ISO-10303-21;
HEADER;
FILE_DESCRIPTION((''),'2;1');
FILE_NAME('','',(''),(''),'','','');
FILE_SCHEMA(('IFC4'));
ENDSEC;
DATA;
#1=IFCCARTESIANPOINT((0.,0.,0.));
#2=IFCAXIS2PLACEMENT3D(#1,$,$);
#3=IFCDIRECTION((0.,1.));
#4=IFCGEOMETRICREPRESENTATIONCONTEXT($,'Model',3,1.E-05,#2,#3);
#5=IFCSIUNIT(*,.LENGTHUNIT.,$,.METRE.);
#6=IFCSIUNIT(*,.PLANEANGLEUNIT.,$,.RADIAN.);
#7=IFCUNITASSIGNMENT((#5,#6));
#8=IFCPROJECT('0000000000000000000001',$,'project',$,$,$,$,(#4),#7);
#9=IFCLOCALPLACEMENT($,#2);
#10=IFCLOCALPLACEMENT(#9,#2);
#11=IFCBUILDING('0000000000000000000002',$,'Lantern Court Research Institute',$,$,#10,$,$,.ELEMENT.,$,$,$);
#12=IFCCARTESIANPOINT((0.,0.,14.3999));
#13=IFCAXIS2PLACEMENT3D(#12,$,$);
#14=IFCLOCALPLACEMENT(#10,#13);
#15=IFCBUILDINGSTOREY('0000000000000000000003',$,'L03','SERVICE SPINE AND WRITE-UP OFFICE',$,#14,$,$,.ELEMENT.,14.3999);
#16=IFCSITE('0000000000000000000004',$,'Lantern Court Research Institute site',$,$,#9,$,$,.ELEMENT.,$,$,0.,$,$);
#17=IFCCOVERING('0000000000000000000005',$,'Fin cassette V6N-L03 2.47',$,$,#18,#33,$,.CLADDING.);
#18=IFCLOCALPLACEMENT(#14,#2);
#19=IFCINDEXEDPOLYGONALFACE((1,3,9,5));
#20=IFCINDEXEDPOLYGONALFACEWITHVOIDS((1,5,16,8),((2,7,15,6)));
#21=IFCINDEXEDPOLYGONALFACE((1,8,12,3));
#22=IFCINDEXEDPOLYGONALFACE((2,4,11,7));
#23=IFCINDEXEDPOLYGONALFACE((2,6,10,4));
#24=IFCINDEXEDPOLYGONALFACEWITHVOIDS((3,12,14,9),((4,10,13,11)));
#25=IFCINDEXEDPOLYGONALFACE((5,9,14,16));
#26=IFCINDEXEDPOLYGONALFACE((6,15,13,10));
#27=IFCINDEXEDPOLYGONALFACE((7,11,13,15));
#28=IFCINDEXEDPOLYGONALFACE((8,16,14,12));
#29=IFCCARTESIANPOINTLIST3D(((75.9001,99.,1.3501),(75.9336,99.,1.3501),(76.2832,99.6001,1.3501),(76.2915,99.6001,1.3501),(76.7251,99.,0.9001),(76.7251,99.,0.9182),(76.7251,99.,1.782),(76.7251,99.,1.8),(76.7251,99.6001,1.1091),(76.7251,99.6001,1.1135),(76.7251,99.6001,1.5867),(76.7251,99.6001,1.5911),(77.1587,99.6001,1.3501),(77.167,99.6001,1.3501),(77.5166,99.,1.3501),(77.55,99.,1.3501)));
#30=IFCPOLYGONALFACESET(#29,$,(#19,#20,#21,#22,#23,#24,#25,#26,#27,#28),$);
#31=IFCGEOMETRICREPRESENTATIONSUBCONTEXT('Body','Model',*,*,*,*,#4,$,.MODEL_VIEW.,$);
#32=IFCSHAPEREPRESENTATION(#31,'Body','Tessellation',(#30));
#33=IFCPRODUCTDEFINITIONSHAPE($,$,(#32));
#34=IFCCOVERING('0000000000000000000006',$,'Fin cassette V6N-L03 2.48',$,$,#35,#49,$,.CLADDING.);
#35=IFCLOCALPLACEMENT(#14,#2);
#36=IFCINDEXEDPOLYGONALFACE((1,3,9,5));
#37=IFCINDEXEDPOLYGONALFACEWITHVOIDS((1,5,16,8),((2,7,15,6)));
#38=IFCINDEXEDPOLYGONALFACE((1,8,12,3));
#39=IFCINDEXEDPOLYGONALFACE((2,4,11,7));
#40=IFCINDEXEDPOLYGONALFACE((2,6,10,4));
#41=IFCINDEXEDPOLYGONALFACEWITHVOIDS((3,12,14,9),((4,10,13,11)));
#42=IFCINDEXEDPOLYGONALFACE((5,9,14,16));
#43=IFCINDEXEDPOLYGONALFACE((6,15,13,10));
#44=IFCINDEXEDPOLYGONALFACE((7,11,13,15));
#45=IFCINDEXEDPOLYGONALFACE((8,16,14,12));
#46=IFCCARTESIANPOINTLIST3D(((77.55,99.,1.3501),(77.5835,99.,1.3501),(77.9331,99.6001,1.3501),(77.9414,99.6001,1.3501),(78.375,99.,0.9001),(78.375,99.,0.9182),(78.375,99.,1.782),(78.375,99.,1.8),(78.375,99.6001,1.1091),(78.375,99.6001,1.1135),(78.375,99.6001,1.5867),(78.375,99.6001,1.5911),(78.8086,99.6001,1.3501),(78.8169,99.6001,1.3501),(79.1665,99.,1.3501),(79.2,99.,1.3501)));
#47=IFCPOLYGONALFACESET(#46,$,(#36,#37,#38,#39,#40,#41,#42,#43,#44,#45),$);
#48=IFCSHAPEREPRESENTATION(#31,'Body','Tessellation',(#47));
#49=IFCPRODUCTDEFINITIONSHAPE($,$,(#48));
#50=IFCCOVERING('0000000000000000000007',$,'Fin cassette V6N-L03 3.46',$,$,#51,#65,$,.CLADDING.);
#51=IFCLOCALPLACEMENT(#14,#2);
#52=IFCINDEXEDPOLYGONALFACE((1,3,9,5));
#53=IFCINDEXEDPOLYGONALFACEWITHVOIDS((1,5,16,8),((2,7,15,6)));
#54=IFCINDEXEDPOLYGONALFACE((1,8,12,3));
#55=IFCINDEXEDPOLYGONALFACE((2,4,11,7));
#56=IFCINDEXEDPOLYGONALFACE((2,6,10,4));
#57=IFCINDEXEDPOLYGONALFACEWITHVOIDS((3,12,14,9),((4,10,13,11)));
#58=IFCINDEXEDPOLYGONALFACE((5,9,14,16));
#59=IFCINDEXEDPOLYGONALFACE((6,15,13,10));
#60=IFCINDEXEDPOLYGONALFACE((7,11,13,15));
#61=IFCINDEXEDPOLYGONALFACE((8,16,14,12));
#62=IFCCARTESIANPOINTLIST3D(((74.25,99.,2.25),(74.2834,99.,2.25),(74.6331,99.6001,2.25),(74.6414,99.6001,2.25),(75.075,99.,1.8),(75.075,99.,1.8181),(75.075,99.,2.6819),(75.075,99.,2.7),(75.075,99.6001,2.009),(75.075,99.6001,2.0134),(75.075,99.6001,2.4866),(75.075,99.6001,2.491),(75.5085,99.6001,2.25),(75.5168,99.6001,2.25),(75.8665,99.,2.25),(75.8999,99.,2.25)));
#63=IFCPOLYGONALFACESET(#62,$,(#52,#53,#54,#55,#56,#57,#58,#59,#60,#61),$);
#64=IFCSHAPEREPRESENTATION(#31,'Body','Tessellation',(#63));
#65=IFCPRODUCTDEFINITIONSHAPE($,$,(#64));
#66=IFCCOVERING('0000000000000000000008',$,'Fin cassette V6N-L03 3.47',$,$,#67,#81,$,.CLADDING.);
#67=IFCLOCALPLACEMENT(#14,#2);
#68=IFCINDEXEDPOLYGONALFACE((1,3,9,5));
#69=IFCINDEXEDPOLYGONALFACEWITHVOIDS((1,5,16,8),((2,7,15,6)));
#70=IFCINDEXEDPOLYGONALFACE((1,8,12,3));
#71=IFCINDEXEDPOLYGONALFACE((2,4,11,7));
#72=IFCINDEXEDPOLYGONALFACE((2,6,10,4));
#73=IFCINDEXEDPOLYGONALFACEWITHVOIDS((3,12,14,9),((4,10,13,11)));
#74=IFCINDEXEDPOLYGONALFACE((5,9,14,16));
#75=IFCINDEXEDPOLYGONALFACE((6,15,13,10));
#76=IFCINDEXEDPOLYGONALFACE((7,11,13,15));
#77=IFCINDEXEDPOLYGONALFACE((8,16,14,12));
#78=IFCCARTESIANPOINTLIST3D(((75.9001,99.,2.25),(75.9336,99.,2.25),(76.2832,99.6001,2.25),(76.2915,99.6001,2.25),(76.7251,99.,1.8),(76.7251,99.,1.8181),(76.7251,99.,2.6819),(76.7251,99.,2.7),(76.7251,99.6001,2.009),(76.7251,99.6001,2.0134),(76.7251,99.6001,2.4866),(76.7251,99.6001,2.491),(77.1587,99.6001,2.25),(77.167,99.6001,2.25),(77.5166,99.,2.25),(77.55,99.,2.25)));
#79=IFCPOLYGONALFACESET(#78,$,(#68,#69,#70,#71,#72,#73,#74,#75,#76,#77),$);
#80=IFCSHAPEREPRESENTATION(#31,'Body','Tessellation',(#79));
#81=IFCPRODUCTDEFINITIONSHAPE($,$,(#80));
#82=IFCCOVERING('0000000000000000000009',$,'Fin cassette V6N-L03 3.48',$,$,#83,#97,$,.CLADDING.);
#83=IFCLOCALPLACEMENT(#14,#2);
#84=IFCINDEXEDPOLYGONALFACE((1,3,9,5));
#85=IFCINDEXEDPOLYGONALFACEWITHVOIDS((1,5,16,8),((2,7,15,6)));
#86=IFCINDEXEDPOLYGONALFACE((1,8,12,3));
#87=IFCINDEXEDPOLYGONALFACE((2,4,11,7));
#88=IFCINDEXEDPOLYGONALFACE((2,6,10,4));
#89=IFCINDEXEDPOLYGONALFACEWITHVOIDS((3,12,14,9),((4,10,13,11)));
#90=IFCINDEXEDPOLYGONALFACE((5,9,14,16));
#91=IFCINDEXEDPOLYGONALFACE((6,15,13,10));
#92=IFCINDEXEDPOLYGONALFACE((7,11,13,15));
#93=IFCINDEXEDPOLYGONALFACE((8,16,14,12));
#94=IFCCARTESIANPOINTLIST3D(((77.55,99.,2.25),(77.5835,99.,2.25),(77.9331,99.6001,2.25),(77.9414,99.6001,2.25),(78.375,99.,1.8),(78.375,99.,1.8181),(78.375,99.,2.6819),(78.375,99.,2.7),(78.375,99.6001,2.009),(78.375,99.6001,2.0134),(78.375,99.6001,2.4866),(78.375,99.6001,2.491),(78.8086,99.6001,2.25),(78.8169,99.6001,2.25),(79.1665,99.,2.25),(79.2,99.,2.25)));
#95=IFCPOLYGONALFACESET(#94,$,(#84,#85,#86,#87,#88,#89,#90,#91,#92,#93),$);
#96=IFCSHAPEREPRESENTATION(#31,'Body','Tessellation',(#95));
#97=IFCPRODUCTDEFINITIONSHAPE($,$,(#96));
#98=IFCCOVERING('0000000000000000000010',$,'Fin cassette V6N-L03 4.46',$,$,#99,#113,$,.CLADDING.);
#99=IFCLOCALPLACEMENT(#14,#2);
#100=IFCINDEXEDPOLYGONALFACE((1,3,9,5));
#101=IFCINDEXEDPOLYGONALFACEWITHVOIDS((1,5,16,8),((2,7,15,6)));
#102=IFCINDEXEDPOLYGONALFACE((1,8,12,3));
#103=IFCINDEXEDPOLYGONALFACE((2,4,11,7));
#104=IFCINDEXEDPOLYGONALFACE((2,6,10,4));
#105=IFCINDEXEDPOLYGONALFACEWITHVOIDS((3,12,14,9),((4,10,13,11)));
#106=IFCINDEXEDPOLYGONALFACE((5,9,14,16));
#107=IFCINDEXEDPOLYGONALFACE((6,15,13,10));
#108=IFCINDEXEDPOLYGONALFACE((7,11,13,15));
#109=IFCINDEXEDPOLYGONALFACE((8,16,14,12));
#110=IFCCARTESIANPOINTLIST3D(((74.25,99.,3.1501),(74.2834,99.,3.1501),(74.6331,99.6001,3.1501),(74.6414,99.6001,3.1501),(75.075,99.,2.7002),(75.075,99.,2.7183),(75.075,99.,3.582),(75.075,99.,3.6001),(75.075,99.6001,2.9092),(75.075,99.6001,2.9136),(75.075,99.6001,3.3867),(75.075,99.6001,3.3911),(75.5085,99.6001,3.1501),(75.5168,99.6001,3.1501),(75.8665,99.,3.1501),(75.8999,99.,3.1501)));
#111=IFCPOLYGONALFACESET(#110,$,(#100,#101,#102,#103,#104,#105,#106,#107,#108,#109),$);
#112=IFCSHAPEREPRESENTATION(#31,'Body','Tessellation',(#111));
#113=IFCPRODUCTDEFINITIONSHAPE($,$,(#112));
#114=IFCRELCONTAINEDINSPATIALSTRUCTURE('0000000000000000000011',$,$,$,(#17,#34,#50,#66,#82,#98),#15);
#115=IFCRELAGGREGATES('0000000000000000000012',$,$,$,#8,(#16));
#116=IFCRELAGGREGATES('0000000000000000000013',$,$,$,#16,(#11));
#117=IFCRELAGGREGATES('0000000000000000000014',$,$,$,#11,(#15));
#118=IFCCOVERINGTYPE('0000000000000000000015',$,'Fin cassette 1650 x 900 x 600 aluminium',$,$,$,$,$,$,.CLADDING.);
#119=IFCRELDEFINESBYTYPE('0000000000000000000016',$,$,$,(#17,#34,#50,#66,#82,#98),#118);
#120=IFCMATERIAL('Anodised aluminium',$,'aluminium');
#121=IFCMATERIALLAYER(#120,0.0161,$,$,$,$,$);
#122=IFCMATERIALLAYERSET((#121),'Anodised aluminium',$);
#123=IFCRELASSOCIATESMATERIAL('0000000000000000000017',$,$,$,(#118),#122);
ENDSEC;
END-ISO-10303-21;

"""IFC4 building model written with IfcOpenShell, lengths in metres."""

from ifc_helpers import new_model, entity, si_unit, direction, frame, origin, place, context, subcontext, project, spatial, material, layer, layer_set, type_object, element, save


model = new_model("IFC4")

# Units and contexts
model_context = context("Model", 3, precision=1e-05, world=origin(), true_north=direction((0.0, 1.0)))
body_context = subcontext(model_context, "Body", "Model", "MODEL_VIEW")
ifc_project = project(units=[si_unit("LENGTHUNIT", "METRE"), si_unit("PLANEANGLEUNIT", "RADIAN")], contexts=[model_context])

# Site, building, storey
site_placement = place(None, origin())
site = spatial("IfcSite", under=ifc_project, at=site_placement, Name="Lantern Court Research Institute site", CompositionType="ELEMENT", RefElevation=0.0)
building_placement = place(site_placement, origin())
building = spatial("IfcBuilding", under=site, at=building_placement, Name="Lantern Court Research Institute", CompositionType="ELEMENT")
storey_placement = place(building_placement, frame((0.0, 0.0, 14.3999)))
storey = spatial("IfcBuildingStorey", under=building, at=storey_placement, Name="L03", Description="SERVICE SPINE AND WRITE-UP OFFICE", CompositionType="ELEMENT", Elevation=14.3999)

# Coverings
ifc_material_1 = material(Name="Anodised aluminium", Category="aluminium")
ifc_layer = layer(ifc_material_1, 0.0161)
ifc_layer_set = layer_set([ifc_layer], Name="Anodised aluminium")
covering_type = type_object("IfcCoveringType", Name="Fin cassette 1650 x 900 x 600 aluminium", PredefinedType="CLADDING", material=ifc_layer_set)
covering_1_placement = place(storey_placement, frame((76.7251, 99.0, 1.3501), z_axis=(0.0, 1.0, 0.0), x_axis=(-1.0, 0.0, 0.0)))
cartesian_point_1 = entity("IfcCartesianPoint", [0.825, 0.0])
cartesian_point_2 = entity("IfcCartesianPoint", [0.7915, 0.0])
cartesian_point_3 = entity("IfcCartesianPoint", [0.4419, 0.0])
cartesian_point_4 = entity("IfcCartesianPoint", [0.4336, 0.0])
element("IfcCovering", 1, at=covering_1_placement, inside=storey, type_object=covering_type, Name="Fin cassette V6N-L03 2.47", PredefinedType="CLADDING", context=body_context, shape_type="SweptSolid", body=[
    entity("IfcExtrudedAreaSolidTapered", entity("IfcArbitraryProfileDefWithVoids", "AREA", None, entity("IfcPolyline", [cartesian_point_1, entity("IfcCartesianPoint", [0.0, 0.45]), entity("IfcCartesianPoint", [-0.825, 0.0]), entity("IfcCartesianPoint", [0.0, -0.45]), cartesian_point_1]), [entity("IfcPolyline", [cartesian_point_2, entity("IfcCartesianPoint", [0.0, 0.4319]), entity("IfcCartesianPoint", [-0.7915, 0.0]), entity("IfcCartesianPoint", [0.0, -0.4319]), cartesian_point_2])]), entity("IfcAxis2Placement3D", entity("IfcCartesianPoint", [0.0, 0.0, 0.0])), entity("IfcDirection", [0.0, 0.0, 1.0]), 0.6001, entity("IfcArbitraryProfileDefWithVoids", "AREA", None, entity("IfcPolyline", [cartesian_point_3, entity("IfcCartesianPoint", [0.0, 0.241]), entity("IfcCartesianPoint", [-0.4419, 0.0]), entity("IfcCartesianPoint", [0.0, -0.241]), cartesian_point_3]), [entity("IfcPolyline", [cartesian_point_4, entity("IfcCartesianPoint", [0.0, 0.2366]), entity("IfcCartesianPoint", [-0.4336, 0.0]), entity("IfcCartesianPoint", [0.0, -0.2366]), cartesian_point_4])])),
])
covering_2_placement = place(storey_placement, frame((78.375, 99.0, 1.3501), z_axis=(0.0, 1.0, 0.0), x_axis=(-1.0, 0.0, 0.0)))
cartesian_point_5 = entity("IfcCartesianPoint", [0.825, 0.0])
cartesian_point_6 = entity("IfcCartesianPoint", [0.7915, 0.0])
cartesian_point_7 = entity("IfcCartesianPoint", [0.4419, 0.0])
cartesian_point_8 = entity("IfcCartesianPoint", [0.4336, 0.0])
element("IfcCovering", 2, at=covering_2_placement, inside=storey, type_object=covering_type, Name="Fin cassette V6N-L03 2.48", PredefinedType="CLADDING", context=body_context, shape_type="SweptSolid", body=[
    entity("IfcExtrudedAreaSolidTapered", entity("IfcArbitraryProfileDefWithVoids", "AREA", None, entity("IfcPolyline", [cartesian_point_5, entity("IfcCartesianPoint", [0.0, 0.45]), entity("IfcCartesianPoint", [-0.825, 0.0]), entity("IfcCartesianPoint", [0.0, -0.45]), cartesian_point_5]), [entity("IfcPolyline", [cartesian_point_6, entity("IfcCartesianPoint", [0.0, 0.4319]), entity("IfcCartesianPoint", [-0.7915, 0.0]), entity("IfcCartesianPoint", [0.0, -0.4319]), cartesian_point_6])]), entity("IfcAxis2Placement3D", entity("IfcCartesianPoint", [0.0, 0.0, 0.0])), entity("IfcDirection", [0.0, 0.0, 1.0]), 0.6001, entity("IfcArbitraryProfileDefWithVoids", "AREA", None, entity("IfcPolyline", [cartesian_point_7, entity("IfcCartesianPoint", [0.0, 0.241]), entity("IfcCartesianPoint", [-0.4419, 0.0]), entity("IfcCartesianPoint", [0.0, -0.241]), cartesian_point_7]), [entity("IfcPolyline", [cartesian_point_8, entity("IfcCartesianPoint", [0.0, 0.2366]), entity("IfcCartesianPoint", [-0.4336, 0.0]), entity("IfcCartesianPoint", [0.0, -0.2366]), cartesian_point_8])])),
])
covering_3_placement = place(storey_placement, frame((75.075, 99.0, 2.25), z_axis=(0.0, 1.0, 0.0), x_axis=(-1.0, 0.0, 0.0)))
cartesian_point_9 = entity("IfcCartesianPoint", [0.825, 0.0])
cartesian_point_10 = entity("IfcCartesianPoint", [0.7915, 0.0])
cartesian_point_11 = entity("IfcCartesianPoint", [0.4419, 0.0])
cartesian_point_12 = entity("IfcCartesianPoint", [0.4336, 0.0])
element("IfcCovering", 3, at=covering_3_placement, inside=storey, type_object=covering_type, Name="Fin cassette V6N-L03 3.46", PredefinedType="CLADDING", context=body_context, shape_type="SweptSolid", body=[
    entity("IfcExtrudedAreaSolidTapered", entity("IfcArbitraryProfileDefWithVoids", "AREA", None, entity("IfcPolyline", [cartesian_point_9, entity("IfcCartesianPoint", [0.0, 0.45]), entity("IfcCartesianPoint", [-0.825, 0.0]), entity("IfcCartesianPoint", [0.0, -0.45]), cartesian_point_9]), [entity("IfcPolyline", [cartesian_point_10, entity("IfcCartesianPoint", [0.0, 0.4319]), entity("IfcCartesianPoint", [-0.7915, 0.0]), entity("IfcCartesianPoint", [0.0, -0.4319]), cartesian_point_10])]), entity("IfcAxis2Placement3D", entity("IfcCartesianPoint", [0.0, 0.0, 0.0])), entity("IfcDirection", [0.0, 0.0, 1.0]), 0.6001, entity("IfcArbitraryProfileDefWithVoids", "AREA", None, entity("IfcPolyline", [cartesian_point_11, entity("IfcCartesianPoint", [0.0, 0.241]), entity("IfcCartesianPoint", [-0.4419, 0.0]), entity("IfcCartesianPoint", [0.0, -0.241]), cartesian_point_11]), [entity("IfcPolyline", [cartesian_point_12, entity("IfcCartesianPoint", [0.0, 0.2366]), entity("IfcCartesianPoint", [-0.4336, 0.0]), entity("IfcCartesianPoint", [0.0, -0.2366]), cartesian_point_12])])),
])
covering_4_placement = place(storey_placement, frame((76.7251, 99.0, 2.25), z_axis=(0.0, 1.0, 0.0), x_axis=(-1.0, 0.0, 0.0)))
cartesian_point_13 = entity("IfcCartesianPoint", [0.825, 0.0])
cartesian_point_14 = entity("IfcCartesianPoint", [0.7915, 0.0])
cartesian_point_15 = entity("IfcCartesianPoint", [0.4419, 0.0])
cartesian_point_16 = entity("IfcCartesianPoint", [0.4336, 0.0])
element("IfcCovering", 4, at=covering_4_placement, inside=storey, type_object=covering_type, Name="Fin cassette V6N-L03 3.47", PredefinedType="CLADDING", context=body_context, shape_type="SweptSolid", body=[
    entity("IfcExtrudedAreaSolidTapered", entity("IfcArbitraryProfileDefWithVoids", "AREA", None, entity("IfcPolyline", [cartesian_point_13, entity("IfcCartesianPoint", [0.0, 0.45]), entity("IfcCartesianPoint", [-0.825, 0.0]), entity("IfcCartesianPoint", [0.0, -0.45]), cartesian_point_13]), [entity("IfcPolyline", [cartesian_point_14, entity("IfcCartesianPoint", [0.0, 0.4319]), entity("IfcCartesianPoint", [-0.7915, 0.0]), entity("IfcCartesianPoint", [0.0, -0.4319]), cartesian_point_14])]), entity("IfcAxis2Placement3D", entity("IfcCartesianPoint", [0.0, 0.0, 0.0])), entity("IfcDirection", [0.0, 0.0, 1.0]), 0.6001, entity("IfcArbitraryProfileDefWithVoids", "AREA", None, entity("IfcPolyline", [cartesian_point_15, entity("IfcCartesianPoint", [0.0, 0.241]), entity("IfcCartesianPoint", [-0.4419, 0.0]), entity("IfcCartesianPoint", [0.0, -0.241]), cartesian_point_15]), [entity("IfcPolyline", [cartesian_point_16, entity("IfcCartesianPoint", [0.0, 0.2366]), entity("IfcCartesianPoint", [-0.4336, 0.0]), entity("IfcCartesianPoint", [0.0, -0.2366]), cartesian_point_16])])),
])
covering_5_placement = place(storey_placement, frame((78.375, 99.0, 2.25), z_axis=(0.0, 1.0, 0.0), x_axis=(-1.0, 0.0, 0.0)))
cartesian_point_17 = entity("IfcCartesianPoint", [0.825, 0.0])
cartesian_point_18 = entity("IfcCartesianPoint", [0.7915, 0.0])
cartesian_point_19 = entity("IfcCartesianPoint", [0.4419, 0.0])
cartesian_point_20 = entity("IfcCartesianPoint", [0.4336, 0.0])
element("IfcCovering", 5, at=covering_5_placement, inside=storey, type_object=covering_type, Name="Fin cassette V6N-L03 3.48", PredefinedType="CLADDING", context=body_context, shape_type="SweptSolid", body=[
    entity("IfcExtrudedAreaSolidTapered", entity("IfcArbitraryProfileDefWithVoids", "AREA", None, entity("IfcPolyline", [cartesian_point_17, entity("IfcCartesianPoint", [0.0, 0.45]), entity("IfcCartesianPoint", [-0.825, 0.0]), entity("IfcCartesianPoint", [0.0, -0.45]), cartesian_point_17]), [entity("IfcPolyline", [cartesian_point_18, entity("IfcCartesianPoint", [0.0, 0.4319]), entity("IfcCartesianPoint", [-0.7915, 0.0]), entity("IfcCartesianPoint", [0.0, -0.4319]), cartesian_point_18])]), entity("IfcAxis2Placement3D", entity("IfcCartesianPoint", [0.0, 0.0, 0.0])), entity("IfcDirection", [0.0, 0.0, 1.0]), 0.6001, entity("IfcArbitraryProfileDefWithVoids", "AREA", None, entity("IfcPolyline", [cartesian_point_19, entity("IfcCartesianPoint", [0.0, 0.241]), entity("IfcCartesianPoint", [-0.4419, 0.0]), entity("IfcCartesianPoint", [0.0, -0.241]), cartesian_point_19]), [entity("IfcPolyline", [cartesian_point_20, entity("IfcCartesianPoint", [0.0, 0.2366]), entity("IfcCartesianPoint", [-0.4336, 0.0]), entity("IfcCartesianPoint", [0.0, -0.2366]), cartesian_point_20])])),
])
covering_6_placement = place(storey_placement, frame((75.075, 99.0, 3.1501), z_axis=(0.0, 1.0, 0.0), x_axis=(-1.0, 0.0, 0.0)))
cartesian_point_21 = entity("IfcCartesianPoint", [0.825, 0.0])
cartesian_point_22 = entity("IfcCartesianPoint", [0.7915, 0.0])
cartesian_point_23 = entity("IfcCartesianPoint", [0.4419, 0.0])
cartesian_point_24 = entity("IfcCartesianPoint", [0.4336, 0.0])
element("IfcCovering", 6, at=covering_6_placement, inside=storey, type_object=covering_type, Name="Fin cassette V6N-L03 4.46", PredefinedType="CLADDING", context=body_context, shape_type="SweptSolid", body=[
    entity("IfcExtrudedAreaSolidTapered", entity("IfcArbitraryProfileDefWithVoids", "AREA", None, entity("IfcPolyline", [cartesian_point_21, entity("IfcCartesianPoint", [0.0, 0.45]), entity("IfcCartesianPoint", [-0.825, 0.0]), entity("IfcCartesianPoint", [0.0, -0.45]), cartesian_point_21]), [entity("IfcPolyline", [cartesian_point_22, entity("IfcCartesianPoint", [0.0, 0.4319]), entity("IfcCartesianPoint", [-0.7915, 0.0]), entity("IfcCartesianPoint", [0.0, -0.4319]), cartesian_point_22])]), entity("IfcAxis2Placement3D", entity("IfcCartesianPoint", [0.0, 0.0, 0.0])), entity("IfcDirection", [0.0, 0.0, 1.0]), 0.6001, entity("IfcArbitraryProfileDefWithVoids", "AREA", None, entity("IfcPolyline", [cartesian_point_23, entity("IfcCartesianPoint", [0.0, 0.241]), entity("IfcCartesianPoint", [-0.4419, 0.0]), entity("IfcCartesianPoint", [0.0, -0.241]), cartesian_point_23]), [entity("IfcPolyline", [cartesian_point_24, entity("IfcCartesianPoint", [0.0, 0.2366]), entity("IfcCartesianPoint", [-0.4336, 0.0]), entity("IfcCartesianPoint", [0.0, -0.2366]), cartesian_point_24])])),
])

save(model, "model.ifc")
